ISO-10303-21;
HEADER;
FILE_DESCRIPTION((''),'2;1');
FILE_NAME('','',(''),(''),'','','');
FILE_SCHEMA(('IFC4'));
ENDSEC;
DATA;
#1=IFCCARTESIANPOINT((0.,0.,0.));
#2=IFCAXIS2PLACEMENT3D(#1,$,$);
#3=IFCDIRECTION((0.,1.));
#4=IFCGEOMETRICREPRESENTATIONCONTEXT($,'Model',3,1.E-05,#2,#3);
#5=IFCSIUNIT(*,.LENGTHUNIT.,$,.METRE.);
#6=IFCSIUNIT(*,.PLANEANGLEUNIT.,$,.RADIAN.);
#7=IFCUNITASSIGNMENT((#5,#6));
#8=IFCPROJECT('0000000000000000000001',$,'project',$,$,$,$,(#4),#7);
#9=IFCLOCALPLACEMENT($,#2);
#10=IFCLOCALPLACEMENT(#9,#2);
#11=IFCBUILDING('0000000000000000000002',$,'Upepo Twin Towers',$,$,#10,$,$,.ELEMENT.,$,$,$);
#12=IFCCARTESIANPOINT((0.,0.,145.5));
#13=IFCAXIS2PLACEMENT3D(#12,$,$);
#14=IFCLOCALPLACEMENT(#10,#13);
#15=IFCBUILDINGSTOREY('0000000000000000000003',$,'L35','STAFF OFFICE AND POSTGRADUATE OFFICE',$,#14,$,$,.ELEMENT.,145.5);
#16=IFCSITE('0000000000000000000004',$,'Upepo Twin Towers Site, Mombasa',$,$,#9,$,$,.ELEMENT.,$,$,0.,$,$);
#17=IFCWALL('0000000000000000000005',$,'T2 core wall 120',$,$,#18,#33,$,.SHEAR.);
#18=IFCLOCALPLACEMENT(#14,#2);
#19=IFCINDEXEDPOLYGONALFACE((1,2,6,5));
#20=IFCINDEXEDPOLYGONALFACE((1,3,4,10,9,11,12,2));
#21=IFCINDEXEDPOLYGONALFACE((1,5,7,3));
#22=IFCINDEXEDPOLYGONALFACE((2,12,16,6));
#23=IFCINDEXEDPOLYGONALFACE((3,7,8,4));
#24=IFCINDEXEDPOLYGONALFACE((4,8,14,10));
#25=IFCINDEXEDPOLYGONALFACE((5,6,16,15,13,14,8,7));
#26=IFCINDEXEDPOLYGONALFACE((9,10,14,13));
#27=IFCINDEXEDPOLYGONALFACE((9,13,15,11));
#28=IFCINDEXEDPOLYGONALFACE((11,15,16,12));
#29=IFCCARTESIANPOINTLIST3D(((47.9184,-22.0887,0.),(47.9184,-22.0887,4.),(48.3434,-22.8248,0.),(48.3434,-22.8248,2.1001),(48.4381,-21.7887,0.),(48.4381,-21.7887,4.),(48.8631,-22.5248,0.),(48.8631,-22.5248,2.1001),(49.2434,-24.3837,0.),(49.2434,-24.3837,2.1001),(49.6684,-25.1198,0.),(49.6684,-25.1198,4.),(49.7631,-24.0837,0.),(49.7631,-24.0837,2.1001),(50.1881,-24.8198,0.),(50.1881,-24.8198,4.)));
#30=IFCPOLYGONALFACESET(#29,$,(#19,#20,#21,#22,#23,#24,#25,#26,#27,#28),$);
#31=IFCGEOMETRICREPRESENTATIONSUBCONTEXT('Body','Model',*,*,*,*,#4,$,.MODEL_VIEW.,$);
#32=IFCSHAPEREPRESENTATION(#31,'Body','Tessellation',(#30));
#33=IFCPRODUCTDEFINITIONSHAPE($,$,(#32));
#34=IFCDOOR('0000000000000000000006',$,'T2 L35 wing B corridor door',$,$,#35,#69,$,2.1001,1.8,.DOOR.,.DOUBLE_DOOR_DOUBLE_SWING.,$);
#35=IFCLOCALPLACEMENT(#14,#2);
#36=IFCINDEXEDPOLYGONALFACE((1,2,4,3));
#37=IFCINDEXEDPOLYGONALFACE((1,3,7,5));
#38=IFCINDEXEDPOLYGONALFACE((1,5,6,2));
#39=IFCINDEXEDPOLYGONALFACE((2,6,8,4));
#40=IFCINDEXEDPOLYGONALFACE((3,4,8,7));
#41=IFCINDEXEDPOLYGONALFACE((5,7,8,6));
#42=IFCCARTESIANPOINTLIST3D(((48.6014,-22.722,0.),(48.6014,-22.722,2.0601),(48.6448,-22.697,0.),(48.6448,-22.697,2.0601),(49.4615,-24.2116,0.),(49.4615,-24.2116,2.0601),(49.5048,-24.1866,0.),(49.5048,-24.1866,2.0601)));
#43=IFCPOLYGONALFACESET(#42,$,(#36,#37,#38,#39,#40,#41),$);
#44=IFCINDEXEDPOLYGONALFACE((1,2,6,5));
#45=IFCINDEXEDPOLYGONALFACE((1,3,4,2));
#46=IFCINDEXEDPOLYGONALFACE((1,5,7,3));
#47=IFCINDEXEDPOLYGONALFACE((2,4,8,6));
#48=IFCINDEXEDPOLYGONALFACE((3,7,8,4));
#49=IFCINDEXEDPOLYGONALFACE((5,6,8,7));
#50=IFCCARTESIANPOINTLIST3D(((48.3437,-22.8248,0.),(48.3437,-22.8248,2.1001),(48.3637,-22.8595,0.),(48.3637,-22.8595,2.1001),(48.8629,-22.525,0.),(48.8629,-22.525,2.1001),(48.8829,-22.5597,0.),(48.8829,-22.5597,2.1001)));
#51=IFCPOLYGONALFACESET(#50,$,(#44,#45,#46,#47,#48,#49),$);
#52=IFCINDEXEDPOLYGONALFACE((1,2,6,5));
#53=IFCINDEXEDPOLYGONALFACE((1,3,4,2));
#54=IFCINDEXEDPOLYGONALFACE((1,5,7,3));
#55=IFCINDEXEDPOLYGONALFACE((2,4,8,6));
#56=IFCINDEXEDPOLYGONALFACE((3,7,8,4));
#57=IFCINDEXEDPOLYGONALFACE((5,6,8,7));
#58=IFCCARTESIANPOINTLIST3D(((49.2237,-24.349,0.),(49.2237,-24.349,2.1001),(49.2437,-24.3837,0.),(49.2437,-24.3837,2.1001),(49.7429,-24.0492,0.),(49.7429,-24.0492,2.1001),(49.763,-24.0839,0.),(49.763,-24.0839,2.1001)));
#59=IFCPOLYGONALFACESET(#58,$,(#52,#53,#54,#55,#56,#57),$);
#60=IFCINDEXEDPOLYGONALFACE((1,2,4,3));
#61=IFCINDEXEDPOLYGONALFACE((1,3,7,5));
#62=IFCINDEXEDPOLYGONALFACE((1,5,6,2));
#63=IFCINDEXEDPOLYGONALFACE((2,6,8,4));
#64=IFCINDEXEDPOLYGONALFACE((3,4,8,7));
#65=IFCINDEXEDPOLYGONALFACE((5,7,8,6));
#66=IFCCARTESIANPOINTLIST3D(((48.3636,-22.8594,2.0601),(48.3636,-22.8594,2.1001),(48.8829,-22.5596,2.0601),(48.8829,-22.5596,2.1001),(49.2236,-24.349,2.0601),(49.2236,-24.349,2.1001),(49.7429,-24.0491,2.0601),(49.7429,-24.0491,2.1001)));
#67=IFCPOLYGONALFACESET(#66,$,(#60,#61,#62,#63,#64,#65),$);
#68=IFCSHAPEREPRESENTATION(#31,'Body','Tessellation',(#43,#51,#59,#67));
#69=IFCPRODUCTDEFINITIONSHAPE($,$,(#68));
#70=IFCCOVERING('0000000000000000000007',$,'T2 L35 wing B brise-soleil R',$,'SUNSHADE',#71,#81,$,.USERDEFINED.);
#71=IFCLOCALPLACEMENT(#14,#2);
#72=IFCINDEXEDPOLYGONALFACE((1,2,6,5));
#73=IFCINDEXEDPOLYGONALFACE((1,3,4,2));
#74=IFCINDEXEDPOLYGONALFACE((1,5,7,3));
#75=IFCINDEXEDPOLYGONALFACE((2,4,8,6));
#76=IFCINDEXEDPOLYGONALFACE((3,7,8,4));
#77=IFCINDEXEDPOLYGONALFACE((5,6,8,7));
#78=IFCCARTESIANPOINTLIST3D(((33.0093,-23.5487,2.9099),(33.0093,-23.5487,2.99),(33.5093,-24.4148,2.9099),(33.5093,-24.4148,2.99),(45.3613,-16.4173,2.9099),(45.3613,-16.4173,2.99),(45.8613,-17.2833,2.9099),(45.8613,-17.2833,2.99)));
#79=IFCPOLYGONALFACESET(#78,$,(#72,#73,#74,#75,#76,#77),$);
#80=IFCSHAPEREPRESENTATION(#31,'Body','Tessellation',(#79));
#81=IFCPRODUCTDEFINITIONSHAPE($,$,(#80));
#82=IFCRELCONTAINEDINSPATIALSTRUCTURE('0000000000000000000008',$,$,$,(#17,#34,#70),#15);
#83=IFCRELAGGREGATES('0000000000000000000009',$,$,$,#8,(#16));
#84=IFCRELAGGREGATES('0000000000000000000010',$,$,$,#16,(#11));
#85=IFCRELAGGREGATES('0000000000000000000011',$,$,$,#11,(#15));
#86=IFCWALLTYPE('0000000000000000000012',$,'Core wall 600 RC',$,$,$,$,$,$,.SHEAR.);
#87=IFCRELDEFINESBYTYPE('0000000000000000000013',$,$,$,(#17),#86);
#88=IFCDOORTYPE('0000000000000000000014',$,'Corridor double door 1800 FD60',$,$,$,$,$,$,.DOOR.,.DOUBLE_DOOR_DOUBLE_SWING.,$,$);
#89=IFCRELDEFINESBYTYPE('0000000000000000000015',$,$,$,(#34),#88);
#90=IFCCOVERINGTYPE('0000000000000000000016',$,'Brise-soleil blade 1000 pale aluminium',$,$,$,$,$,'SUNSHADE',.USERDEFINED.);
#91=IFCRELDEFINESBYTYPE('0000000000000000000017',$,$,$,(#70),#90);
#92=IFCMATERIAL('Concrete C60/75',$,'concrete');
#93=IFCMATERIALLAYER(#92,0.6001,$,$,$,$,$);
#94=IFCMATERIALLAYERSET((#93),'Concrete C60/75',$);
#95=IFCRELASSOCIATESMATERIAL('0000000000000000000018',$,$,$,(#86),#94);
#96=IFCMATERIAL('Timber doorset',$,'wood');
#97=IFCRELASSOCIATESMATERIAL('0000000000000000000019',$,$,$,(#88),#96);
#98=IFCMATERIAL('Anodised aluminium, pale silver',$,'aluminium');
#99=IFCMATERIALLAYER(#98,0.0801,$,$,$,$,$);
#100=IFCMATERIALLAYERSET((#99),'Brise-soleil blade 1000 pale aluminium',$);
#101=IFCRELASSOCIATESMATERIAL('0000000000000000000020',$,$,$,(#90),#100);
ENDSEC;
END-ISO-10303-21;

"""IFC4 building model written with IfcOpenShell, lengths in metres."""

from ifc_helpers import new_model, si_unit, direction, frame, frame_2d, origin, origin_2d, place, context, subcontext, project, spatial, rectangle, extrude, material, layer, layer_set, type_object, element, fill, save


model = new_model("IFC4")

# Units and contexts
model_context = context("Model", 3, precision=1e-05, world=origin(), true_north=direction((0.0, 1.0)))
body_context = subcontext(model_context, "Body", "Model", "MODEL_VIEW")
ifc_project = project(units=[si_unit("LENGTHUNIT", "METRE"), si_unit("PLANEANGLEUNIT", "RADIAN")], contexts=[model_context])

# Site, building, storey
site_placement = place(None, origin())
site = spatial("IfcSite", under=ifc_project, at=site_placement, Name="Upepo Twin Towers Site, Mombasa", CompositionType="ELEMENT", RefElevation=0.0)
building_placement = place(site_placement, origin())
building = spatial("IfcBuilding", under=site, at=building_placement, Name="Upepo Twin Towers", CompositionType="ELEMENT")
storey_placement = place(building_placement, frame((0.0, 0.0, 145.5)))
storey = spatial("IfcBuildingStorey", under=building, at=storey_placement, Name="L35", Description="STAFF OFFICE AND POSTGRADUATE OFFICE", CompositionType="ELEMENT", Elevation=145.5)

# Shared definitions
ifc_material_1 = material(Name="Concrete C60/75", Category="concrete")
ifc_layer_1 = layer(ifc_material_1, 0.6001)
ifc_layer_set_1 = layer_set([ifc_layer_1], Name="Concrete C60/75")
wall_type = type_object("IfcWallType", Name="Core wall 600 RC", PredefinedType="SHEAR", material=ifc_layer_set_1)

# Wall, opening, door
wall_1_placement = place(storey_placement, frame((48.1782, -21.9387, 0.0), z_axis=(0.0, 0.0, 1.0), x_axis=(0.50001, -0.866019, 0.0)))
wall_1 = element("IfcWall", 1, at=wall_1_placement, inside=storey, type_object=wall_type, Name="T2 core wall 120", PredefinedType="SHEAR", context=body_context, shape_type="SweptSolid", body=[
    extrude(rectangle(XDim=3.5, YDim=0.6001, at=frame_2d((1.75, 0.0))), origin(), (0.0, 0.0, 1.0), 4.0),
])
opening_placement = place(wall_1_placement, frame((0.8501, 0.0, 0.0)))
opening = element("IfcOpeningElement", 2, at=opening_placement, cuts=wall_1, PredefinedType="OPENING", context=body_context, shape_type="SweptSolid", body=[
    extrude(rectangle(XDim=1.8, YDim=2.1001, at=frame_2d((0.8999, 1.05))), frame((0.0, 0.3101, 0.0), z_axis=(0.0, -1.0, 0.0), x_axis=(1.0, 0.0, 0.0)), (0.0, 0.0, 1.0), 0.6201),
])
ifc_material_2 = material(Name="Timber doorset", Category="wood")
door_type = type_object("IfcDoorType", Name="Corridor double door 1800 FD60", OperationType="DOUBLE_DOOR_DOUBLE_SWING", PredefinedType="DOOR", material=ifc_material_2)
door_placement = place(opening_placement, origin())
door = element("IfcDoor", 3, at=door_placement, inside=storey, type_object=door_type, Name="T2 L35 wing B corridor door", OperationType="DOUBLE_DOOR_DOUBLE_SWING", OverallHeight=2.1001, OverallWidth=1.8, PredefinedType="DOOR", context=body_context, shape_type="SweptSolid", body=[
    extrude(rectangle(XDim=1.72, YDim=2.0601, at=frame_2d((0.8999, 1.03))), frame((0.0, 0.0249, 0.0), z_axis=(0.0, -1.0, 0.0), x_axis=(1.0, 0.0, 0.0)), (0.0, 0.0, 1.0), 0.05),
    extrude(rectangle(XDim=0.04, YDim=2.1001, at=frame_2d((0.02, 1.05))), frame((0.0, 0.2998, 0.0), z_axis=(0.0, -1.0, 0.0), x_axis=(1.0, 0.0, 0.0)), (0.0, 0.0, 1.0), 0.5996),
    extrude(rectangle(XDim=0.04, YDim=2.1001, at=frame_2d((1.78, 1.05))), frame((0.0, 0.2998, 0.0), z_axis=(0.0, -1.0, 0.0), x_axis=(1.0, 0.0, 0.0)), (0.0, 0.0, 1.0), 0.5996),
    extrude(rectangle(XDim=1.72, YDim=0.04, at=frame_2d((0.8999, 2.0801))), frame((0.0, 0.2998, 0.0), z_axis=(0.0, -1.0, 0.0), x_axis=(1.0, 0.0, 0.0)), (0.0, 0.0, 1.0), 0.5996),
])
fill(opening, door)

# Covering
ifc_material_3 = material(Name="Anodised aluminium, pale silver", Category="aluminium")
ifc_layer_2 = layer(ifc_material_3, 0.0801)
ifc_layer_set_2 = layer_set([ifc_layer_2], Name="Brise-soleil blade 1000 pale aluminium")
covering_type = type_object("IfcCoveringType", Name="Brise-soleil blade 1000 pale aluminium", ElementType="SUNSHADE", PredefinedType="USERDEFINED", material=ifc_layer_set_2)
covering_placement = place(storey_placement, frame((39.4353, -20.416, 2.9099), z_axis=(0.0, 0.0, 1.0), x_axis=(-0.866025, -0.5, 0.0)))
element("IfcCovering", 4, at=covering_placement, inside=storey, type_object=covering_type, Name="T2 L35 wing B brise-soleil R", ObjectType="SUNSHADE", PredefinedType="USERDEFINED", context=body_context, shape_type="SweptSolid", body=[
    extrude(rectangle(XDim=14.2629, YDim=1.0, at=origin_2d()), origin(), (0.0, 0.0, 1.0), 0.0801),
])

save(model, "model.ifc")
